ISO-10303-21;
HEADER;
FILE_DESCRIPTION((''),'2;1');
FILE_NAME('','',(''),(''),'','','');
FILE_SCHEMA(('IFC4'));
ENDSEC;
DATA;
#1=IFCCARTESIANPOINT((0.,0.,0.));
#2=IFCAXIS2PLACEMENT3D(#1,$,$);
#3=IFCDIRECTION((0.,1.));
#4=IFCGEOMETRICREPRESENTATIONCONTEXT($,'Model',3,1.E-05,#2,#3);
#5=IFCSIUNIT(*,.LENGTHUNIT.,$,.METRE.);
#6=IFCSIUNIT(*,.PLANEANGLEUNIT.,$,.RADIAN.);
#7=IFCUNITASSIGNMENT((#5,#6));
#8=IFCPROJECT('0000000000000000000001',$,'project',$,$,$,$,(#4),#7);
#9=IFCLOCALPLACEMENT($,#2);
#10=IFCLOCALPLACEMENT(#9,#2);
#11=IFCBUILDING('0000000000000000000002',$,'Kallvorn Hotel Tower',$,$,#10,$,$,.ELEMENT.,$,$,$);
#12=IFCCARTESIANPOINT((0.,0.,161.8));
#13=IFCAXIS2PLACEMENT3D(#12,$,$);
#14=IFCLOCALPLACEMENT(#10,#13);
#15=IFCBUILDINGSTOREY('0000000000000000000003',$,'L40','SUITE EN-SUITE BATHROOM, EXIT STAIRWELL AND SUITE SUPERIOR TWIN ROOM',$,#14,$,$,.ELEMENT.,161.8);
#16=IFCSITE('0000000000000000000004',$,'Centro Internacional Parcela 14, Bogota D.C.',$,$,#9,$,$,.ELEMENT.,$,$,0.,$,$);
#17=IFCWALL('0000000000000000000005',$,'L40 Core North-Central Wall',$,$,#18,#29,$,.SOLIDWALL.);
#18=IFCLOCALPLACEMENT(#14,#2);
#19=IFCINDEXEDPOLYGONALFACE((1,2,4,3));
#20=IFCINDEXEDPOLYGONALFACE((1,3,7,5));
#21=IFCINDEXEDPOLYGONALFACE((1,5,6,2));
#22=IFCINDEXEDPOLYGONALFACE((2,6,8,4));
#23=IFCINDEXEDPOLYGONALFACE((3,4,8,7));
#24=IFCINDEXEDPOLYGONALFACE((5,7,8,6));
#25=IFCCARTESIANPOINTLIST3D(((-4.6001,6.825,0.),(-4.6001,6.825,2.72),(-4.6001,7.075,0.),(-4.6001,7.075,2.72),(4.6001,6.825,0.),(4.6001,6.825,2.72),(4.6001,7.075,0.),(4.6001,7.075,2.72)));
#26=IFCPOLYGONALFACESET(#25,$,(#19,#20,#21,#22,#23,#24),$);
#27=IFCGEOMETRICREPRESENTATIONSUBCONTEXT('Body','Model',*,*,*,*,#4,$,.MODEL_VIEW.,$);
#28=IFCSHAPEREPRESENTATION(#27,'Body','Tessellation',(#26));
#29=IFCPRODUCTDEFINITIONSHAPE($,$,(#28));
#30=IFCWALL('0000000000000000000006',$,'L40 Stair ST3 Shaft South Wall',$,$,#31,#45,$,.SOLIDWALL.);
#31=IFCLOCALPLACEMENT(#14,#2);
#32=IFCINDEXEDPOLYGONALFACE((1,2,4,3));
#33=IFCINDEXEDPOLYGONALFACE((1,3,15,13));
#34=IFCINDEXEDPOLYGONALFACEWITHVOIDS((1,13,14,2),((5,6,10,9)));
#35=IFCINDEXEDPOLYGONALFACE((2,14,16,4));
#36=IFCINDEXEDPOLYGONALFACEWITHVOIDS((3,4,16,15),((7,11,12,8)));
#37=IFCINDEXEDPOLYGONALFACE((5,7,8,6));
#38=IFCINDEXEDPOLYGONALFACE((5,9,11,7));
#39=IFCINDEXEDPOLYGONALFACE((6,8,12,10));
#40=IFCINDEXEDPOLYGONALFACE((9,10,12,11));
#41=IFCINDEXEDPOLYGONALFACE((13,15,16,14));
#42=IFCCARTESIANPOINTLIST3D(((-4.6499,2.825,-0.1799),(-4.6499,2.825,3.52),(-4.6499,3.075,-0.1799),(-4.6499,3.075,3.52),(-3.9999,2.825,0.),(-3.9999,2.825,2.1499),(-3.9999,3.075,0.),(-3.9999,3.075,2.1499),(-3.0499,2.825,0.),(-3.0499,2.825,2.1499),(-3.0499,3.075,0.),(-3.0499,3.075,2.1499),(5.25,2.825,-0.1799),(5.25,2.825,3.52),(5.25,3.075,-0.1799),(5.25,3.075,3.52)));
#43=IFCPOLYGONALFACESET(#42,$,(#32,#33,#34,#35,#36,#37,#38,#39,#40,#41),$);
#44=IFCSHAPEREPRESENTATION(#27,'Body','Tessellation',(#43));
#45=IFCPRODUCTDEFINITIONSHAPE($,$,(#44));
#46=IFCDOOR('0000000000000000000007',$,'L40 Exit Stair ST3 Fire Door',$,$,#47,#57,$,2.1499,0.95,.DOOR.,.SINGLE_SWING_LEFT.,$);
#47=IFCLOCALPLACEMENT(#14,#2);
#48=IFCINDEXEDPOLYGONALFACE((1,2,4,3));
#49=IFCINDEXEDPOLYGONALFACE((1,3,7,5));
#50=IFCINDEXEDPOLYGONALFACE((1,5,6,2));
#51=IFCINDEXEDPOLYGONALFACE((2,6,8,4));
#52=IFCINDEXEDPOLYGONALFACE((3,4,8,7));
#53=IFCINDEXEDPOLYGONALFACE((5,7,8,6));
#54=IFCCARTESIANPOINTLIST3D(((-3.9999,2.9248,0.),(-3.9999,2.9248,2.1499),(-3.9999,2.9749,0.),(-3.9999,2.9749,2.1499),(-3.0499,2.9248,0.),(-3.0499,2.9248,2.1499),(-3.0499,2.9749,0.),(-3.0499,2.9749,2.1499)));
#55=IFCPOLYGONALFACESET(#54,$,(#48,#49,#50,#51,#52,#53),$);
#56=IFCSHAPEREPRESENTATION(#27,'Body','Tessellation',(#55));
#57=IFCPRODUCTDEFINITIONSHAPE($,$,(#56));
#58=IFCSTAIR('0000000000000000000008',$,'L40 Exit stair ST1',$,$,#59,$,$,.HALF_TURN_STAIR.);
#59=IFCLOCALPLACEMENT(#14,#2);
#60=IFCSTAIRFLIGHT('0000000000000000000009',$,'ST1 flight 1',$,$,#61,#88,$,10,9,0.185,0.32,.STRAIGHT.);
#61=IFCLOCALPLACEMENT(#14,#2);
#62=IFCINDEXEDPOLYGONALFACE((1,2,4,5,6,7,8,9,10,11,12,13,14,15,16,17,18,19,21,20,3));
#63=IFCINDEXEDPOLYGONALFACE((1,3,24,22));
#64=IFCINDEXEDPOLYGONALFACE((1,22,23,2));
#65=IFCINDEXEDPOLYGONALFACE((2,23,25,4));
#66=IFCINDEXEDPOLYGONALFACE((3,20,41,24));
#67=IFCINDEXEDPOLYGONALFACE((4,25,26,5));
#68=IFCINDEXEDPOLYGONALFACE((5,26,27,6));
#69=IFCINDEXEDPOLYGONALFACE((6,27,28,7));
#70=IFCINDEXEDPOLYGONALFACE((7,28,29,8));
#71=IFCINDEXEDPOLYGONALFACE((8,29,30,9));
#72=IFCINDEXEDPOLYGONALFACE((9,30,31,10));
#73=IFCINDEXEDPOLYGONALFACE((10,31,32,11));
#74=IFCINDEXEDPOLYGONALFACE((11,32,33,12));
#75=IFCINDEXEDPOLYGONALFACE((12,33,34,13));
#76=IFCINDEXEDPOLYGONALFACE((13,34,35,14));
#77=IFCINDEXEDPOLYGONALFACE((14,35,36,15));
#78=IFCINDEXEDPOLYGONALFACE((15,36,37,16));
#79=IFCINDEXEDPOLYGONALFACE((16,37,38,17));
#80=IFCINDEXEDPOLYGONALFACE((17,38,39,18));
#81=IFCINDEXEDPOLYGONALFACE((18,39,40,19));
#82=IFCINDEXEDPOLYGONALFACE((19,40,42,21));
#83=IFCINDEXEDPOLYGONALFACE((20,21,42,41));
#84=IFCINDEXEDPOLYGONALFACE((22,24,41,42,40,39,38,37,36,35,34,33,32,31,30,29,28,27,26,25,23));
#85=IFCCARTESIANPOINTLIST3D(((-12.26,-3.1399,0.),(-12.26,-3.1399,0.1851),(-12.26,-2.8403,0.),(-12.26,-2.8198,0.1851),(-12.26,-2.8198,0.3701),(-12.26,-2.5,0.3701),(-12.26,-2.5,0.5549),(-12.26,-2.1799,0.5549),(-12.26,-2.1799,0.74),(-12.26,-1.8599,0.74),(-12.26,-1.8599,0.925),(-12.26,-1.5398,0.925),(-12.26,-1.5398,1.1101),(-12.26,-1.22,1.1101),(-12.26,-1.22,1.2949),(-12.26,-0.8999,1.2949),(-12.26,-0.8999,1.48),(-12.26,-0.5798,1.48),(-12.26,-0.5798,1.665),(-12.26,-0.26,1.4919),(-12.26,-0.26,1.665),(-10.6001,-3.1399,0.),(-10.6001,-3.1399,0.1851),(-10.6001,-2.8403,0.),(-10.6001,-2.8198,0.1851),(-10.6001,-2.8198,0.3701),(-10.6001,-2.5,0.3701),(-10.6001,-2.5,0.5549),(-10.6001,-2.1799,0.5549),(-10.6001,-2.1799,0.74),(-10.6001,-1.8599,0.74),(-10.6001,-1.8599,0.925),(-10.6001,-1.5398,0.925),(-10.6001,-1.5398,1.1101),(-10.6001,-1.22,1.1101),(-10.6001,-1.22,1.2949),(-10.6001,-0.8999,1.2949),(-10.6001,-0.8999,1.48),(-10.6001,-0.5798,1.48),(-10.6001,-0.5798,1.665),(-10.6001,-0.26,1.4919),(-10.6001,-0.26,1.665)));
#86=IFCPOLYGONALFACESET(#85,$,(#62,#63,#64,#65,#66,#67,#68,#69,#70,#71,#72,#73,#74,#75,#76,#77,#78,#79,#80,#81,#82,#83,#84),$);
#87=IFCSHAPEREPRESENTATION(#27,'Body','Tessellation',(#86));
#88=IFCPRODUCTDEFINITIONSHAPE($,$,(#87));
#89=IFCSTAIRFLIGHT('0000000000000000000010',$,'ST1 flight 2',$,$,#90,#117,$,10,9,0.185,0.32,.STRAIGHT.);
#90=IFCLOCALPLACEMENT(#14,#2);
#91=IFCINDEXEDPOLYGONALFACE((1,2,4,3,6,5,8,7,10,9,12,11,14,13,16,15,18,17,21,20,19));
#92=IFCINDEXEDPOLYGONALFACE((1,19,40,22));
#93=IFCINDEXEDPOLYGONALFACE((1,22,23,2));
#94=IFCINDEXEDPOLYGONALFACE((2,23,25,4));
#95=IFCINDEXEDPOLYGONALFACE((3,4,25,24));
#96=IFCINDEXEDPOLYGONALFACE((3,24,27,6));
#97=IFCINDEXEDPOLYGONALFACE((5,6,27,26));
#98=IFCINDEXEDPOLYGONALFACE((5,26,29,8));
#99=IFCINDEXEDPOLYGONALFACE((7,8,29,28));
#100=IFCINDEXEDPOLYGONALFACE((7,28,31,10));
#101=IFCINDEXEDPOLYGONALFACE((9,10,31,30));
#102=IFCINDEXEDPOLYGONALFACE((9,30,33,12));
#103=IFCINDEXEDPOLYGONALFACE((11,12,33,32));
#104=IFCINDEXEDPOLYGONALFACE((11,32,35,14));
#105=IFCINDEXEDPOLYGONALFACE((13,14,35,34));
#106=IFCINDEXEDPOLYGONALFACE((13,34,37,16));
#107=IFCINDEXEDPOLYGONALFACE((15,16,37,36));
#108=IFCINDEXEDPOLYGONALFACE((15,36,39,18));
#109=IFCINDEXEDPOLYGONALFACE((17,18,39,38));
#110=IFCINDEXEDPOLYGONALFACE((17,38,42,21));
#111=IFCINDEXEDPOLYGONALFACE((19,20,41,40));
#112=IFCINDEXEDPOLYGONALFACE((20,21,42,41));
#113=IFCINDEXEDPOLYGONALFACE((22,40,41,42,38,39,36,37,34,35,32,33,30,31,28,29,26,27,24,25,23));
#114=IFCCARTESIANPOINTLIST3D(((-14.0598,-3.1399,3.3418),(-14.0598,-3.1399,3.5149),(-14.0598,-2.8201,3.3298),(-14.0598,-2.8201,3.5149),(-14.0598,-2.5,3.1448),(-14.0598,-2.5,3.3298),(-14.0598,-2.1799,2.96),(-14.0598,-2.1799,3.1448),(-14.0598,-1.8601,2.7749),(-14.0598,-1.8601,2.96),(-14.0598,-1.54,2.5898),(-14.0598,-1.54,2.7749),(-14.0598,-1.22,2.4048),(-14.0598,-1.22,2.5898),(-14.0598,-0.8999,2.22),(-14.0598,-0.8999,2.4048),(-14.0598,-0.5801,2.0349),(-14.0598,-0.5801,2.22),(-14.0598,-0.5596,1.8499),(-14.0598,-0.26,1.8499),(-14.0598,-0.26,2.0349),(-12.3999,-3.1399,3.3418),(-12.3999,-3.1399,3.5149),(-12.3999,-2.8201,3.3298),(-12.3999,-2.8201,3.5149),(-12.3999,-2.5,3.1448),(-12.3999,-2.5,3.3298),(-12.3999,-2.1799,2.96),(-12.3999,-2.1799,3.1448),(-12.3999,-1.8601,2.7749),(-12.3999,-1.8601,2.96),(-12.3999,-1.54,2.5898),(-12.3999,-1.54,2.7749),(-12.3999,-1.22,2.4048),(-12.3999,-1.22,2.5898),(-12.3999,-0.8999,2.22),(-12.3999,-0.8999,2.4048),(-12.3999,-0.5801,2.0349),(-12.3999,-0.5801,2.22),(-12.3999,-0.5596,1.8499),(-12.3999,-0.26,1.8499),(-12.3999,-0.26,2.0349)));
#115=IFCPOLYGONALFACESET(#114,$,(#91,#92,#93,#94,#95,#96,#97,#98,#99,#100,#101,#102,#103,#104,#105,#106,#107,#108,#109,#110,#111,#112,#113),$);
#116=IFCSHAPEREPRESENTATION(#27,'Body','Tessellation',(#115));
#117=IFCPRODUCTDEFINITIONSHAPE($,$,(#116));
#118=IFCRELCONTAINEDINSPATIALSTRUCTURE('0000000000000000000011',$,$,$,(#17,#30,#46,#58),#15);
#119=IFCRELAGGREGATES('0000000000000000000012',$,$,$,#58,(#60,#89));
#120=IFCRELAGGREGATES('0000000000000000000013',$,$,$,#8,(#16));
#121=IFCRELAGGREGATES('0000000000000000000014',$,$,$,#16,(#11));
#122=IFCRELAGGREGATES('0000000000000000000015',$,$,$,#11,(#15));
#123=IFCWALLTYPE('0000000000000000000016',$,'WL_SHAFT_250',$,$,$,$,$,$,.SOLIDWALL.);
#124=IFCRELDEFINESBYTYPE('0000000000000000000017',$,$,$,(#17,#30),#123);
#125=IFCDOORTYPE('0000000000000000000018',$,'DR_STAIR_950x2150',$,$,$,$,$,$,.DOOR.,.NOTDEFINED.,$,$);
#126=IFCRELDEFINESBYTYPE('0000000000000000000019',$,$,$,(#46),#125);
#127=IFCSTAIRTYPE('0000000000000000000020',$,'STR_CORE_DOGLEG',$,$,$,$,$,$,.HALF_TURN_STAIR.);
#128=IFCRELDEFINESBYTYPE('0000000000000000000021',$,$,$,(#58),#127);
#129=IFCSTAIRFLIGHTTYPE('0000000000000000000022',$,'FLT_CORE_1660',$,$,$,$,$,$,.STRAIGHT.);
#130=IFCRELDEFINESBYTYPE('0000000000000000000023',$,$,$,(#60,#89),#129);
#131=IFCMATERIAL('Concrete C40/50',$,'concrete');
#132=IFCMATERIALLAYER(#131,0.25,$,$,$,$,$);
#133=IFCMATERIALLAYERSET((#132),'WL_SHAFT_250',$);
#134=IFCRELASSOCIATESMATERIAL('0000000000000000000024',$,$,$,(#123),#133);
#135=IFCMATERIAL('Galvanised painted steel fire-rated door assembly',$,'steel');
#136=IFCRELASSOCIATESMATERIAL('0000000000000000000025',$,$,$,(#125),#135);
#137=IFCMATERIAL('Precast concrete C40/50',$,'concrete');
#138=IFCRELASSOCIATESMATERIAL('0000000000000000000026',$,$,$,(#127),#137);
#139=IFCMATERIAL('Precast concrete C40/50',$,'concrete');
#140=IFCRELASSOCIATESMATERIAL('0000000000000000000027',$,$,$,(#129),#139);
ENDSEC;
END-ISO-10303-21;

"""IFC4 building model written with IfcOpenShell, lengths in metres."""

from ifc_helpers import new_model, si_unit, direction, frame, frame_2d, origin, place, context, subcontext, project, spatial, polyline, rectangle, outline, extrude, material, layer, layer_set, type_object, element, fill, aggregate, save


model = new_model("IFC4")

# Units and contexts
model_context = context("Model", 3, precision=1e-05, world=origin(), true_north=direction((0.0, 1.0)))
body_context = subcontext(model_context, "Body", "Model", "MODEL_VIEW")
ifc_project = project(units=[si_unit("LENGTHUNIT", "METRE"), si_unit("PLANEANGLEUNIT", "RADIAN")], contexts=[model_context])

# Site, building, storey
site_placement = place(None, origin())
site = spatial("IfcSite", under=ifc_project, at=site_placement, Name="Centro Internacional Parcela 14, Bogota D.C.", CompositionType="ELEMENT", RefElevation=0.0)
building_placement = place(site_placement, origin())
building = spatial("IfcBuilding", under=site, at=building_placement, Name="Kallvorn Hotel Tower", CompositionType="ELEMENT")
storey_placement = place(building_placement, frame((0.0, 0.0, 161.8)))
storey = spatial("IfcBuildingStorey", under=building, at=storey_placement, Name="L40", Description="SUITE EN-SUITE BATHROOM, EXIT STAIRWELL AND SUITE SUPERIOR TWIN ROOM", CompositionType="ELEMENT", Elevation=161.8)

# Shared definitions
ifc_material_1 = material(Name="Concrete C40/50", Category="concrete")
ifc_layer_1 = layer(ifc_material_1, 0.25)
ifc_layer_set_1 = layer_set([ifc_layer_1], Name="WL_SHAFT_250")
wall_type_1 = type_object("IfcWallType", Name="WL_SHAFT_250", PredefinedType="SOLIDWALL", material=ifc_layer_set_1)

# Wall
wall_1_placement = place(storey_placement, frame((-4.6001, 6.95, 0.0), z_axis=(0.0, 0.0, 1.0), x_axis=(1.0, 0.0, 0.0)))
element("IfcWall", 1, at=wall_1_placement, inside=storey, type_object=wall_type_1, Name="L40 Core North-Central Wall", PredefinedType="SOLIDWALL", context=body_context, shape_type="SweptSolid", body=[
    extrude(rectangle(XDim=9.2002, YDim=0.25, at=frame_2d((4.6001, 0.0))), origin(), (0.0, 0.0, 1.0), 2.72),
])

# Wall, opening, door
wall_2_placement = place(storey_placement, frame((-4.6499, 2.95, -0.1799), z_axis=(0.0, 0.0, 1.0), x_axis=(1.0, 0.0, 0.0)))
wall_2 = element("IfcWall", 2, at=wall_2_placement, inside=storey, type_object=wall_type_1, Name="L40 Stair ST3 Shaft South Wall", PredefinedType="SOLIDWALL", context=body_context, shape_type="SweptSolid", body=[
    extrude(rectangle(XDim=9.8999, YDim=0.25, at=frame_2d((4.95, 0.0))), origin(), (0.0, 0.0, 1.0), 3.7),
])
opening_1_placement = place(wall_2_placement, frame((0.6499, 0.0, 0.1799)))
opening_1 = element("IfcOpeningElement", 3, at=opening_1_placement, cuts=wall_2, PredefinedType="OPENING", context=body_context, shape_type="SweptSolid", body=[
    extrude(rectangle(XDim=0.95, YDim=2.1499, at=frame_2d((0.4751, 1.075))), frame((0.0, 0.1399, 0.0), z_axis=(0.0, -1.0, 0.0), x_axis=(1.0, 0.0, 0.0)), (0.0, 0.0, 1.0), 0.28),
])
ifc_material_2 = material(Name="Galvanised painted steel fire-rated door assembly", Category="steel")
door_type_1 = type_object("IfcDoorType", Name="DR_STAIR_950x2150", OperationType="NOTDEFINED", PredefinedType="DOOR", material=ifc_material_2)
door_1_placement = place(opening_1_placement, origin())
door_1 = element("IfcDoor", 4, at=door_1_placement, inside=storey, type_object=door_type_1, Name="L40 Exit Stair ST3 Fire Door", OperationType="SINGLE_SWING_LEFT", OverallHeight=2.1499, OverallWidth=0.95, PredefinedType="DOOR", context=body_context, shape_type="SweptSolid", body=[
    extrude(rectangle(XDim=0.95, YDim=2.1499, at=frame_2d((0.4751, 1.075))), frame((0.0, 0.0249, 0.0), z_axis=(0.0, -1.0, 0.0), x_axis=(1.0, 0.0, 0.0)), (0.0, 0.0, 1.0), 0.05),
])
fill(opening_1, door_1)

# Stair, stair flights
ifc_material_3 = material(Name="Precast concrete C40/50", Category="concrete")
stair_type = type_object("IfcStairType", Name="STR_CORE_DOGLEG", PredefinedType="HALF_TURN_STAIR", material=ifc_material_3)
stair_placement = place(storey_placement, origin())
stair = element("IfcStair", 5, at=stair_placement, inside=storey, type_object=stair_type, Name="L40 Exit stair ST1", PredefinedType="HALF_TURN_STAIR")
ifc_material_4 = material(Name="Precast concrete C40/50", Category="concrete")
stair_flight_type = type_object("IfcStairFlightType", Name="FLT_CORE_1660", PredefinedType="STRAIGHT", material=ifc_material_4)
stair_flight_1_placement = place(storey_placement, frame((-11.4299, -3.1399, 0.0), z_axis=(0.0, 0.0, 1.0), x_axis=(0.0, 1.0, 0.0)))
stair_flight_1 = element("IfcStairFlight", 6, at=stair_flight_1_placement, type_object=stair_flight_type, Name="ST1 flight 1", NumberOfRisers=10, NumberOfTreads=9, PredefinedType="STRAIGHT", RiserHeight=0.185, TreadLength=0.32, context=body_context, shape_type="SweptSolid", body=[
    extrude(outline(polyline([(0.0, 0.0), (0.0, 0.1851), (0.3201, 0.1851), (0.3201, 0.3701), (0.6399, 0.3701), (0.6399, 0.5549), (0.96, 0.5549), (0.96, 0.74), (1.28, 0.74), (1.28, 0.925), (1.6001, 0.925), (1.6001, 1.1101), (1.9199, 1.1101), (1.9199, 1.2949), (2.24, 1.2949), (2.24, 1.48), (2.5601, 1.48), (2.5601, 1.665), (2.8799, 1.665), (2.8799, 1.8501), (2.8799, 1.4919), (0.2996, 0.0), (0.0, 0.0)])), frame((0.0, 0.8301, 0.0), z_axis=(0.0, -1.0, 0.0), x_axis=(1.0, 0.0, 0.0)), (0.0, 0.0, 1.0), 1.6599),
])
stair_flight_2_placement = place(storey_placement, frame((-13.23, -0.26, 1.8499), z_axis=(0.0, 0.0, 1.0), x_axis=(0.0, -1.0, 0.0)))
stair_flight_2 = element("IfcStairFlight", 7, at=stair_flight_2_placement, type_object=stair_flight_type, Name="ST1 flight 2", NumberOfRisers=10, NumberOfTreads=9, PredefinedType="STRAIGHT", RiserHeight=0.185, TreadLength=0.32, context=body_context, shape_type="SweptSolid", body=[
    extrude(outline(polyline([(0.0, 0.0), (0.0, 0.1851), (0.3201, 0.1851), (0.3201, 0.3701), (0.6399, 0.3701), (0.6399, 0.5549), (0.96, 0.5549), (0.96, 0.74), (1.28, 0.74), (1.28, 0.925), (1.6001, 0.925), (1.6001, 1.1101), (1.9199, 1.1101), (1.9199, 1.2949), (2.24, 1.2949), (2.24, 1.48), (2.5601, 1.48), (2.5601, 1.665), (2.8799, 1.665), (2.8799, 1.8501), (2.8799, 1.4919), (0.2996, 0.0), (0.0, 0.0)])), frame((0.0, 0.8301, 0.0), z_axis=(0.0, -1.0, 0.0), x_axis=(1.0, 0.0, 0.0)), (0.0, 0.0, 1.0), 1.6599),
])
aggregate(stair, [stair_flight_1, stair_flight_2])

save(model, "model.ifc")
